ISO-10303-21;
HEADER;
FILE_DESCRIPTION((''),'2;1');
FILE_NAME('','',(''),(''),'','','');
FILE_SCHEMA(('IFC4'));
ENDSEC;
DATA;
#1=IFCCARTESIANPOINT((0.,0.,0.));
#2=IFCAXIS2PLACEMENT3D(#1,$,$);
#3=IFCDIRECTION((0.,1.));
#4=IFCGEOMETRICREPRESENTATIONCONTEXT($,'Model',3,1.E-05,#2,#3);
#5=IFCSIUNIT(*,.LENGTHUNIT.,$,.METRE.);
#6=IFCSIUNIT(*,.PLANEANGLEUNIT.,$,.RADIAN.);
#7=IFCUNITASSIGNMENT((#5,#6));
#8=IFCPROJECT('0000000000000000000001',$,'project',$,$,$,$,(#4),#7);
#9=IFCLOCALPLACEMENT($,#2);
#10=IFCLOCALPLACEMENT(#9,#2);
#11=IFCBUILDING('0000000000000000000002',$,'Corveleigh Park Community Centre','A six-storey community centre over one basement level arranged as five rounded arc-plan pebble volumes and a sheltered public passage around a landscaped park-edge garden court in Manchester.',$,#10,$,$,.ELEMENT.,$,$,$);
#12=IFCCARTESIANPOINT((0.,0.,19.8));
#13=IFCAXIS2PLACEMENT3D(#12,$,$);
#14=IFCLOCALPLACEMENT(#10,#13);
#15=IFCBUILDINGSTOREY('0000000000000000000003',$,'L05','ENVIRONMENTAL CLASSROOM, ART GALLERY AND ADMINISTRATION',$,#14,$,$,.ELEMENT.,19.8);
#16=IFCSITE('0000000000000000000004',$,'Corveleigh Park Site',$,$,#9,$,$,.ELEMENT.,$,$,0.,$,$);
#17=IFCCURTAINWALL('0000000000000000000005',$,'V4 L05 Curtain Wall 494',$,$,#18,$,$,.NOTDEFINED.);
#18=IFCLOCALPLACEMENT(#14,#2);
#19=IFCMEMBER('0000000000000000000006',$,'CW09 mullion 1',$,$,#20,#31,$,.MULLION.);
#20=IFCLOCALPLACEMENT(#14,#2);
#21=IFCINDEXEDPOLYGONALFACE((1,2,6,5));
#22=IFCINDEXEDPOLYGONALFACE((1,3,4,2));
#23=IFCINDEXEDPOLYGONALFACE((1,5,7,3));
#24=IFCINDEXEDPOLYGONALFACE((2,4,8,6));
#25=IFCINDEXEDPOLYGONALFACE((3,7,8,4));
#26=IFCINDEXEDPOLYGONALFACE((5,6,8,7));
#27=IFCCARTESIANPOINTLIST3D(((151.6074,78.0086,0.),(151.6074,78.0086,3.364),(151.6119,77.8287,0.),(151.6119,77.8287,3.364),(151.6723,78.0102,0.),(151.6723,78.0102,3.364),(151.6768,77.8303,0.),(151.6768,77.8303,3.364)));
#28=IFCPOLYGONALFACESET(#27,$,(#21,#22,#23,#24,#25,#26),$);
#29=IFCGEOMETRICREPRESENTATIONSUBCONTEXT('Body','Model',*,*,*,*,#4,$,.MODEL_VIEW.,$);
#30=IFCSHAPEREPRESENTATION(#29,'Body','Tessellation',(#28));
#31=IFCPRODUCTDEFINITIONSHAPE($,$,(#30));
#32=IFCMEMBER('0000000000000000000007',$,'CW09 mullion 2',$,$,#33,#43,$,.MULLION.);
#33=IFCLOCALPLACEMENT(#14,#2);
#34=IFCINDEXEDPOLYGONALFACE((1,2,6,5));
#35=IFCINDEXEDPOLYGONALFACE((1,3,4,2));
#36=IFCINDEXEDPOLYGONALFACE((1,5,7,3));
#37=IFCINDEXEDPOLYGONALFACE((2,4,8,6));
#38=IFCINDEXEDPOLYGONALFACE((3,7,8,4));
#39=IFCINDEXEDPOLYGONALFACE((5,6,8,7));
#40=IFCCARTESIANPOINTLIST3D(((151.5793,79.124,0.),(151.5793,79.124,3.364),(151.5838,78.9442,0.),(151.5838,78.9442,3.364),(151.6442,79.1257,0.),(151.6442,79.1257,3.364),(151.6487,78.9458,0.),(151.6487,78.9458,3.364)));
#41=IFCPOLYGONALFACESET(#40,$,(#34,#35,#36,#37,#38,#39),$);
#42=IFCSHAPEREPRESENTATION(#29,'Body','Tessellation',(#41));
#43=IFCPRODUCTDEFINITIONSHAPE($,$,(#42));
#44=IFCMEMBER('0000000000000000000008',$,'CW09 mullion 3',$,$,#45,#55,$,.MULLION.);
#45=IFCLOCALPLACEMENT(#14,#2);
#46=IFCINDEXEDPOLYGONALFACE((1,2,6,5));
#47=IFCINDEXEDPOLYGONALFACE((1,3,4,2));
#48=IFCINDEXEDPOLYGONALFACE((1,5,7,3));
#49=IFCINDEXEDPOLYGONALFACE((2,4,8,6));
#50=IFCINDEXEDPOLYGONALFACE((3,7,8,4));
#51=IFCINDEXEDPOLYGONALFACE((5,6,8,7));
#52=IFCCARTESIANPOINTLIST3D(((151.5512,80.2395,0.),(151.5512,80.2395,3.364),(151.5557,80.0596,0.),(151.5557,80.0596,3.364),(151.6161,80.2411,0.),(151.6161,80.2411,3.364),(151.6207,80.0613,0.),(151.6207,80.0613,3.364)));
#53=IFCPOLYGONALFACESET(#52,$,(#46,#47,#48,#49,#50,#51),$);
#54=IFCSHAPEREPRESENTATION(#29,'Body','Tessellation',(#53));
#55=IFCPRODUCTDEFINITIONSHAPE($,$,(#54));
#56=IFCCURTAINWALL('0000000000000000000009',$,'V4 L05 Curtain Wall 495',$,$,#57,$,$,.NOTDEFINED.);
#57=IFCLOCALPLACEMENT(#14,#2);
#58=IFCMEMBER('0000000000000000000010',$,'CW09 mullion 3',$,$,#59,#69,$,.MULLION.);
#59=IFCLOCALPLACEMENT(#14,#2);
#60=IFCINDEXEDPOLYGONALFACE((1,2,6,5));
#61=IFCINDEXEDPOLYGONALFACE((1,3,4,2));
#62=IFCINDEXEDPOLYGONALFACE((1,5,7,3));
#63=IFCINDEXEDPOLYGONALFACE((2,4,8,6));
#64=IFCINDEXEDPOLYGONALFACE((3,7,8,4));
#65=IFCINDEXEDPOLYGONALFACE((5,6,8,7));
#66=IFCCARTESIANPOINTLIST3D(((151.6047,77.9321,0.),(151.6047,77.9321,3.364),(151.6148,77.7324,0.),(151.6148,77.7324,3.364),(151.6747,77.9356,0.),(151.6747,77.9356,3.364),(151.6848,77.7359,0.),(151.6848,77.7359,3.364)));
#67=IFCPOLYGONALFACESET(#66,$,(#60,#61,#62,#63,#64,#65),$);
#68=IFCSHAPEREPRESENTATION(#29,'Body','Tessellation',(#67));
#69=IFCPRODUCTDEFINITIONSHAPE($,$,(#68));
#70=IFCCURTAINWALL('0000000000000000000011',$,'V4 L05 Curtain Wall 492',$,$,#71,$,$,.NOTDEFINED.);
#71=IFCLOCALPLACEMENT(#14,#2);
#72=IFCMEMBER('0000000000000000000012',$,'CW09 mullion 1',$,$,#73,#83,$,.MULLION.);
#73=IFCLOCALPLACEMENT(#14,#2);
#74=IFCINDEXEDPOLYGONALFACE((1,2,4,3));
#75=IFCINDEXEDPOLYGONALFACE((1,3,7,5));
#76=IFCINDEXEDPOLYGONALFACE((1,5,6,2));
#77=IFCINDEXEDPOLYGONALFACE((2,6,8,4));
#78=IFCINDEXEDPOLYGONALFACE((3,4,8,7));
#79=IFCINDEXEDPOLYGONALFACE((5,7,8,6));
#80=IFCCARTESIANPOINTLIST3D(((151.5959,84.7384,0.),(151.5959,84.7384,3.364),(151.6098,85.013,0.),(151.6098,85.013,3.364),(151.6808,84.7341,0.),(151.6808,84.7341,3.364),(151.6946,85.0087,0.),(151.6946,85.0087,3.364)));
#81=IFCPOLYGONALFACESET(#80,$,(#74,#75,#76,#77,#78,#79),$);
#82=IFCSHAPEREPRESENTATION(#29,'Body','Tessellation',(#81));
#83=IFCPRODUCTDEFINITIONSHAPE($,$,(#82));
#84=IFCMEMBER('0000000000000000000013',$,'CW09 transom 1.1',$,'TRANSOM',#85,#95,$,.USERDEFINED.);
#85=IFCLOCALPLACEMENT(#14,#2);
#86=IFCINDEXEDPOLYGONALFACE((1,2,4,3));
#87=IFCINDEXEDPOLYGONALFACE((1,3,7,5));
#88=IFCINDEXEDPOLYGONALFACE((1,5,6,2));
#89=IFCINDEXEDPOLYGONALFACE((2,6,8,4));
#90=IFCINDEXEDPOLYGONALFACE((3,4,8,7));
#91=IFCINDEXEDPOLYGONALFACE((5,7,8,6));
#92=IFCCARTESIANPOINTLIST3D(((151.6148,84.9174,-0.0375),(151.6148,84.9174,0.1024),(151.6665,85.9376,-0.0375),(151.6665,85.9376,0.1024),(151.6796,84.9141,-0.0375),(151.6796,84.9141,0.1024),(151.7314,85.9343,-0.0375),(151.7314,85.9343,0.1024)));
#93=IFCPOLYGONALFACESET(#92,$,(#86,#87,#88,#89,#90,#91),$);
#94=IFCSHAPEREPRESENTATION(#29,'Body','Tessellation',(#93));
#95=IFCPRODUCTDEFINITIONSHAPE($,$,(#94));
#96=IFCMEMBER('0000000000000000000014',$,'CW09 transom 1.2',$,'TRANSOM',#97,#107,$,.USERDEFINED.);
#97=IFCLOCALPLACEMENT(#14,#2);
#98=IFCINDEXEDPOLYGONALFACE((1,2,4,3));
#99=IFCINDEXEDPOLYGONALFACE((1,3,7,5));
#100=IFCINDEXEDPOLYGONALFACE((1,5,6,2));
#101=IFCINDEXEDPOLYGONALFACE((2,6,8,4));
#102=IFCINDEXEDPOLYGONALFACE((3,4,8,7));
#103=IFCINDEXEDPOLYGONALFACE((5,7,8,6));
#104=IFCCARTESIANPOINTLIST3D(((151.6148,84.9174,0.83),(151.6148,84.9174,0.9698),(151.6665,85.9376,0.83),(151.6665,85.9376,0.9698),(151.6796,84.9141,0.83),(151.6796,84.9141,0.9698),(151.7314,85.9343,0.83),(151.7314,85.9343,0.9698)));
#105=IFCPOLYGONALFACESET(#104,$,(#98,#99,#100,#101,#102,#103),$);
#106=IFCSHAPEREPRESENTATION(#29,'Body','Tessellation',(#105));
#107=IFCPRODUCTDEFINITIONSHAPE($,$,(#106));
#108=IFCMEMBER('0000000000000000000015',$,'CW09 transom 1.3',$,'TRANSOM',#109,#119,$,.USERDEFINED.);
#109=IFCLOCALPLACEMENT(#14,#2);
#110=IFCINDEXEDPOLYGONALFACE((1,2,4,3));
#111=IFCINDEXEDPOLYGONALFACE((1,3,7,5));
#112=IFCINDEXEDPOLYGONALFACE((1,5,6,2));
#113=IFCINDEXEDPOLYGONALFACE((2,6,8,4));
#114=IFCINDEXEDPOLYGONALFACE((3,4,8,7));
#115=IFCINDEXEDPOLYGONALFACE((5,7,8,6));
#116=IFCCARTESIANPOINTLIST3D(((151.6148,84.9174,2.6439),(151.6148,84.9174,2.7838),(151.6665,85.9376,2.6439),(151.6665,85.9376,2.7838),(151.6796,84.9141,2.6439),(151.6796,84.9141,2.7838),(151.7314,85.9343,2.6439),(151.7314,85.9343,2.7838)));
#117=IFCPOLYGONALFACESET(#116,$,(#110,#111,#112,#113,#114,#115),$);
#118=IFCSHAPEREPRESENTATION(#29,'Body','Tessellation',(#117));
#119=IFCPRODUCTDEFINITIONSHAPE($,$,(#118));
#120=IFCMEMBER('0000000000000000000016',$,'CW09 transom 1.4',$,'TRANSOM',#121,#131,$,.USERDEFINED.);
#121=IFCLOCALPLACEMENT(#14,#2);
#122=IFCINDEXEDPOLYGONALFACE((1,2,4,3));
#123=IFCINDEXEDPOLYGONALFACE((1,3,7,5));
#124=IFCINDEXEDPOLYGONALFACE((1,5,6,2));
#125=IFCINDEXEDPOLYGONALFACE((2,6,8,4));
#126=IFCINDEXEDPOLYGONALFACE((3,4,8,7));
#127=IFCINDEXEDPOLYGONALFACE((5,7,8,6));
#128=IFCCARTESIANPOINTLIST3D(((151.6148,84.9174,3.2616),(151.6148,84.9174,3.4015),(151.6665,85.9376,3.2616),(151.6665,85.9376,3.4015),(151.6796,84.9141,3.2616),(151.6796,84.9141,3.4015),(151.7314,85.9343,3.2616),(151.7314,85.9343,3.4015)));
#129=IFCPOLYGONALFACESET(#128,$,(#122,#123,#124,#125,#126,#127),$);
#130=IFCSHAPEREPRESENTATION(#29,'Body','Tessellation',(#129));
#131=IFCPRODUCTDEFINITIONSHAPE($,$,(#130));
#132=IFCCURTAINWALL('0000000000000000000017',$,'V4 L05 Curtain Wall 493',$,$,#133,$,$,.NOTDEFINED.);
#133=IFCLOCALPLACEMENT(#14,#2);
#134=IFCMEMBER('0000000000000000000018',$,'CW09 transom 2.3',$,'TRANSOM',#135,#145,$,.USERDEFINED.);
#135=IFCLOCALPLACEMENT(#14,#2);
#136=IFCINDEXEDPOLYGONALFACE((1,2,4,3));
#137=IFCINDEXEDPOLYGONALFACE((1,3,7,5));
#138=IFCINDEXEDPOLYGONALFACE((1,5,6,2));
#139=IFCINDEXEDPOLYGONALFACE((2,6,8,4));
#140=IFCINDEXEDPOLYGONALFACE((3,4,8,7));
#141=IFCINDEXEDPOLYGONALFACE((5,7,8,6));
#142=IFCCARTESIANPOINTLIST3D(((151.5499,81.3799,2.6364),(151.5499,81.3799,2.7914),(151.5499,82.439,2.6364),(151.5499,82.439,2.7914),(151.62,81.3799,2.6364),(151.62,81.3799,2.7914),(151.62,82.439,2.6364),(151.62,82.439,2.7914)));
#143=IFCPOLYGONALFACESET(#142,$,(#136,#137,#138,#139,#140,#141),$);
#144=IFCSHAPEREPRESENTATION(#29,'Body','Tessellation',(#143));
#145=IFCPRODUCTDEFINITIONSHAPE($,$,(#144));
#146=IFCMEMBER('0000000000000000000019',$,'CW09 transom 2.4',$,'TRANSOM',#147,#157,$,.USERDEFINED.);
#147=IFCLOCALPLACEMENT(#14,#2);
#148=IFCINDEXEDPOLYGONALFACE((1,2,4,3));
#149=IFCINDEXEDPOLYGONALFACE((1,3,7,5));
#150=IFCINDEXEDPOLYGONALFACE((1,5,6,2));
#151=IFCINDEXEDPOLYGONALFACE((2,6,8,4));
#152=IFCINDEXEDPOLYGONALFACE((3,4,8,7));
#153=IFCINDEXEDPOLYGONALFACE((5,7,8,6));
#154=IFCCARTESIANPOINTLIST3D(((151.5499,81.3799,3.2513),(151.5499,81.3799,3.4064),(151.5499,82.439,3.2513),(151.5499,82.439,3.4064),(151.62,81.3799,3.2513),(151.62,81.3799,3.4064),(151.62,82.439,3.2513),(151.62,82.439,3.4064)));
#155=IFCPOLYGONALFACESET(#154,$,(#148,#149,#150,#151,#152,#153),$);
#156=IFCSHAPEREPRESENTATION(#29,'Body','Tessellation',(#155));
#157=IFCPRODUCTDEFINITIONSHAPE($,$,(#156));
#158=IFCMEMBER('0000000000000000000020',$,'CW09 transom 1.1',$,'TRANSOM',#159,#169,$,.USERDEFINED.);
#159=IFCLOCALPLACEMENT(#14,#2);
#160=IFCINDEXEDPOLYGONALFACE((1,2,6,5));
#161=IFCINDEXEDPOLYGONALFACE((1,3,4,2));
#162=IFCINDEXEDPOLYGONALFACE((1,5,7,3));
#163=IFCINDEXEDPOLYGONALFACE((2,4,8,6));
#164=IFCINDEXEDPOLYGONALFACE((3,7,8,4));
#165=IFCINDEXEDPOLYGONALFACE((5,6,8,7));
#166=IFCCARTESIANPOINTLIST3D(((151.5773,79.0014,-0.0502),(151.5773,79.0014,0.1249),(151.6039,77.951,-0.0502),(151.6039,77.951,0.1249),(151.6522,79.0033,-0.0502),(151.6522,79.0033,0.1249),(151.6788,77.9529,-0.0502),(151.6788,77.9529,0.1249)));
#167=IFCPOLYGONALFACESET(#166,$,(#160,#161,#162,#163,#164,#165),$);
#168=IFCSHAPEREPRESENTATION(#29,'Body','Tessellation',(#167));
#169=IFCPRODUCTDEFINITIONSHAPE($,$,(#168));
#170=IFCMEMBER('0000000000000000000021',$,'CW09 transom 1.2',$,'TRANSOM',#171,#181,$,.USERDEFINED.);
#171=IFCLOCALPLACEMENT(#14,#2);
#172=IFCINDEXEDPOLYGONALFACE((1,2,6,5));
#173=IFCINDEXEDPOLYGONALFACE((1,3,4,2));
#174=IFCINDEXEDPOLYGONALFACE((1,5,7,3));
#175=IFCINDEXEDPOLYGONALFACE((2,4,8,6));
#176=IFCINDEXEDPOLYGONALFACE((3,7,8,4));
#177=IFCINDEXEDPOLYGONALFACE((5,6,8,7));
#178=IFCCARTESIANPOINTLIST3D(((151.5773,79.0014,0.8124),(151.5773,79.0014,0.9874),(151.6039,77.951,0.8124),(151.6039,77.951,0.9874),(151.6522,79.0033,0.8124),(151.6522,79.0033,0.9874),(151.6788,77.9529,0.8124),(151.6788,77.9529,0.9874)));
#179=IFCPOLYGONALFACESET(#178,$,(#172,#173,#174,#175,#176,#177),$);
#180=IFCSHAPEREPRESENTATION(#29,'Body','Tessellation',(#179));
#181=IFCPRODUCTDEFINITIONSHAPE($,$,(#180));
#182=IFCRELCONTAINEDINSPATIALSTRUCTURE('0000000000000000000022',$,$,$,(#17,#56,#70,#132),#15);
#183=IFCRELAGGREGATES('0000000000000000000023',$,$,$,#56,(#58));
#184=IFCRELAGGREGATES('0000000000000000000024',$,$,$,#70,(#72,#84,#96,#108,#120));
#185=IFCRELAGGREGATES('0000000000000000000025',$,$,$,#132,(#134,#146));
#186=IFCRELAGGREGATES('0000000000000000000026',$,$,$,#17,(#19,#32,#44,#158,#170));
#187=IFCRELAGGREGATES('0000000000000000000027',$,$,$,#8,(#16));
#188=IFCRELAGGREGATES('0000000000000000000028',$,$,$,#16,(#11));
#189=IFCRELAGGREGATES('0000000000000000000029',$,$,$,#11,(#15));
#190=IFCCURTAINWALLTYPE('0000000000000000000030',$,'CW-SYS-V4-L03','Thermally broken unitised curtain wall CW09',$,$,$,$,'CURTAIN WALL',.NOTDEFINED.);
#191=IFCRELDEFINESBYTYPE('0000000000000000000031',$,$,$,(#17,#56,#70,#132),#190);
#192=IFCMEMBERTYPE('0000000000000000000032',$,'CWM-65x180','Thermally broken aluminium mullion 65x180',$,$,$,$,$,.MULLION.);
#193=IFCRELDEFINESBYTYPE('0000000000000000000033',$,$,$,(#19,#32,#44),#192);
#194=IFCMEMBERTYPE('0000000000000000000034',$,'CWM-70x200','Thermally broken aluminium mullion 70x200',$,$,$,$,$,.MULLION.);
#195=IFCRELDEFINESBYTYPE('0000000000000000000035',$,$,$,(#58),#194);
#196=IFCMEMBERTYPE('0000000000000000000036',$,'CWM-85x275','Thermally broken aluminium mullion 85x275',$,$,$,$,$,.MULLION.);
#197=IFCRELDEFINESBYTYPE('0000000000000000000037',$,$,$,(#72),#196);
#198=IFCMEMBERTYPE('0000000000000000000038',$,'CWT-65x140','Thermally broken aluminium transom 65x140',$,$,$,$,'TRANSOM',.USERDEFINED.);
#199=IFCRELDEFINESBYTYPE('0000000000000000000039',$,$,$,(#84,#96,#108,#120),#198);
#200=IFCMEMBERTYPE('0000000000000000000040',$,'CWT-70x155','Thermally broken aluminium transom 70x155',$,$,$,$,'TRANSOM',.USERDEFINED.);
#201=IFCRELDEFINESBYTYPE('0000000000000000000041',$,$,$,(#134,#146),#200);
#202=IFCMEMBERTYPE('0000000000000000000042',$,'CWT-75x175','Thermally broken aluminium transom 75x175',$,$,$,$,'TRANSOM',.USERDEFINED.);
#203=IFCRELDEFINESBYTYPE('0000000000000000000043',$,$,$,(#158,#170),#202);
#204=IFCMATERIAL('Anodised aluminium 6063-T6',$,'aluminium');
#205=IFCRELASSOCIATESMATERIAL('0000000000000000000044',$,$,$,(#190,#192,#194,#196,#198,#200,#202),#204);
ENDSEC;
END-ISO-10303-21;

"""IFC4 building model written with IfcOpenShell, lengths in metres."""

from ifc_helpers import new_model, si_unit, direction, frame, origin, origin_2d, place, context, subcontext, project, spatial, rectangle, extrude, material, material_profile, profile_set, type_object, element, aggregate, save


model = new_model("IFC4")

# Units and contexts
model_context = context("Model", 3, precision=1e-05, world=origin(), true_north=direction((0.0, 1.0)))
body_context = subcontext(model_context, "Body", "Model", "MODEL_VIEW")
ifc_project = project(units=[si_unit("LENGTHUNIT", "METRE"), si_unit("PLANEANGLEUNIT", "RADIAN")], contexts=[model_context])

# Site, building, storey
site_placement = place(None, origin())
site = spatial("IfcSite", under=ifc_project, at=site_placement, Name="Corveleigh Park Site", CompositionType="ELEMENT", RefElevation=0.0)
building_placement = place(site_placement, origin())
building = spatial("IfcBuilding", under=site, at=building_placement, Name="Corveleigh Park Community Centre", Description="A six-storey community centre over one basement level arranged as five rounded arc-plan pebble volumes and a sheltered public passage around a landscaped park-edge garden court in Manchester.", CompositionType="ELEMENT")
storey_placement = place(building_placement, frame((0.0, 0.0, 19.8)))
storey = spatial("IfcBuildingStorey", under=building, at=storey_placement, Name="L05", Description="ENVIRONMENTAL CLASSROOM, ART GALLERY AND ADMINISTRATION", CompositionType="ELEMENT", Elevation=19.8)

# Curtain wall, members
ifc_material_1 = material(Name="Anodised aluminium 6063-T6", Category="aluminium")
curtain_wall_type = type_object("IfcCurtainWallType", Name="CW-SYS-V4-L03", Description="Thermally broken unitised curtain wall CW09", ElementType="CURTAIN WALL", PredefinedType="NOTDEFINED", material=ifc_material_1)
curtain_wall_1_placement = place(storey_placement, origin())
curtain_wall_1 = element("IfcCurtainWall", 1, at=curtain_wall_1_placement, inside=storey, type_object=curtain_wall_type, Name="V4 L05 Curtain Wall 494", PredefinedType="NOTDEFINED")
ifc_material_profile_1 = material_profile(ifc_material_1, rectangle(XDim=0.0649, YDim=0.1799, at=origin_2d()), Name="ALU-M65x180", Category="aluminium")
ifc_profile_set_1 = profile_set([ifc_material_profile_1], Name="Anodised aluminium 6063-T6")
member_type_1 = type_object("IfcMemberType", Name="CWM-65x180", Description="Thermally broken aluminium mullion 65x180", PredefinedType="MULLION", material=ifc_profile_set_1)
member_1_placement = place(storey_placement, frame((151.6421, 77.9194, 0.0), z_axis=(0.0, 0.0, 1.0), x_axis=(-0.999681, -0.025253, 0.0)))
member_1 = element("IfcMember", 2, at=member_1_placement, type_object=member_type_1, Name="CW09 mullion 1", PredefinedType="MULLION", context=body_context, shape_type="SweptSolid", body=[
    extrude(rectangle(XDim=0.0649, YDim=0.1799, at=origin_2d()), origin(), (0.0, 0.0, 1.0), 3.364),
])
member_2_placement = place(storey_placement, frame((151.614, 79.0349, 0.0), z_axis=(0.0, 0.0, 1.0), x_axis=(-0.999681, -0.025253, 0.0)))
member_2 = element("IfcMember", 3, at=member_2_placement, type_object=member_type_1, Name="CW09 mullion 2", PredefinedType="MULLION", context=body_context, shape_type="SweptSolid", body=[
    extrude(rectangle(XDim=0.0649, YDim=0.1799, at=origin_2d()), origin(), (0.0, 0.0, 1.0), 3.364),
])
member_3_placement = place(storey_placement, frame((151.5859, 80.1504, 0.0), z_axis=(0.0, 0.0, 1.0), x_axis=(-0.999681, -0.025253, 0.0)))
member_3 = element("IfcMember", 4, at=member_3_placement, type_object=member_type_1, Name="CW09 mullion 3", PredefinedType="MULLION", context=body_context, shape_type="SweptSolid", body=[
    extrude(rectangle(XDim=0.0649, YDim=0.1799, at=origin_2d()), origin(), (0.0, 0.0, 1.0), 3.364),
])

# Curtain wall, member
curtain_wall_2_placement = place(storey_placement, origin())
curtain_wall_2 = element("IfcCurtainWall", 5, at=curtain_wall_2_placement, inside=storey, type_object=curtain_wall_type, Name="V4 L05 Curtain Wall 495", PredefinedType="NOTDEFINED")
ifc_material_profile_2 = material_profile(ifc_material_1, rectangle(XDim=0.0701, YDim=0.2, at=origin_2d()), Name="ALU-M70x200", Category="aluminium")
ifc_profile_set_2 = profile_set([ifc_material_profile_2], Name="Anodised aluminium 6063-T6")
member_type_2 = type_object("IfcMemberType", Name="CWM-70x200", Description="Thermally broken aluminium mullion 70x200", PredefinedType="MULLION", material=ifc_profile_set_2)
member_4_placement = place(storey_placement, frame((151.6448, 77.834, 0.0), z_axis=(0.0, 0.0, 1.0), x_axis=(-0.998725, -0.05048, 0.0)))
member_4 = element("IfcMember", 6, at=member_4_placement, type_object=member_type_2, Name="CW09 mullion 3", PredefinedType="MULLION", context=body_context, shape_type="SweptSolid", body=[
    extrude(rectangle(XDim=0.0701, YDim=0.2, at=origin_2d()), origin(), (0.0, 0.0, 1.0), 3.364),
])
aggregate(curtain_wall_2, [member_4])

# Curtain walls, members
curtain_wall_3_placement = place(storey_placement, origin())
curtain_wall_3 = element("IfcCurtainWall", 7, at=curtain_wall_3_placement, inside=storey, type_object=curtain_wall_type, Name="V4 L05 Curtain Wall 492", PredefinedType="NOTDEFINED")
ifc_material_profile_3 = material_profile(ifc_material_1, rectangle(XDim=0.085, YDim=0.2749, at=origin_2d()), Name="ALU-M85x275", Category="aluminium")
ifc_profile_set_3 = profile_set([ifc_material_profile_3], Name="Anodised aluminium 6063-T6")
member_type_3 = type_object("IfcMemberType", Name="CWM-85x275", Description="Thermally broken aluminium mullion 85x275", PredefinedType="MULLION", material=ifc_profile_set_3)
member_5_placement = place(storey_placement, frame((151.6453, 84.8735, 0.0), z_axis=(0.0, 0.0, 1.0), x_axis=(-0.998725, 0.05048, 0.0)))
member_5 = element("IfcMember", 8, at=member_5_placement, type_object=member_type_3, Name="CW09 mullion 1", PredefinedType="MULLION", context=body_context, shape_type="SweptSolid", body=[
    extrude(rectangle(XDim=0.085, YDim=0.2749, at=origin_2d()), origin(), (0.0, 0.0, 1.0), 3.364),
])
ifc_material_profile_4 = material_profile(ifc_material_1, rectangle(XDim=0.0649, YDim=0.1399, at=origin_2d()), Name="ALU-T65x140", Category="aluminium")
ifc_profile_set_4 = profile_set([ifc_material_profile_4], Name="Anodised aluminium 6063-T6")
member_type_4 = type_object("IfcMemberType", Name="CWT-65x140", Description="Thermally broken aluminium transom 65x140", ElementType="TRANSOM", PredefinedType="USERDEFINED", material=ifc_profile_set_4)
member_6_placement = place(storey_placement, frame((151.6472, 84.9158, 0.0325), z_axis=(0.050665, 0.998716, 0.0), x_axis=(-0.998716, 0.050665, 0.0)))
member_6 = element("IfcMember", 9, at=member_6_placement, type_object=member_type_4, Name="CW09 transom 1.1", ObjectType="TRANSOM", PredefinedType="USERDEFINED", context=body_context, shape_type="SweptSolid", body=[
    extrude(rectangle(XDim=0.0649, YDim=0.1399, at=origin_2d()), origin(), (0.0, 0.0, 1.0), 1.0215),
])
member_7_placement = place(storey_placement, frame((151.6472, 84.9158, 0.8999), z_axis=(0.050665, 0.998716, 0.0), x_axis=(-0.998716, 0.050665, 0.0)))
member_7 = element("IfcMember", 10, at=member_7_placement, type_object=member_type_4, Name="CW09 transom 1.2", ObjectType="TRANSOM", PredefinedType="USERDEFINED", context=body_context, shape_type="SweptSolid", body=[
    extrude(rectangle(XDim=0.0649, YDim=0.1399, at=origin_2d()), origin(), (0.0, 0.0, 1.0), 1.0215),
])
member_8_placement = place(storey_placement, frame((151.6472, 84.9158, 2.7139), z_axis=(0.050665, 0.998716, 0.0), x_axis=(-0.998716, 0.050665, 0.0)))
member_8 = element("IfcMember", 11, at=member_8_placement, type_object=member_type_4, Name="CW09 transom 1.3", ObjectType="TRANSOM", PredefinedType="USERDEFINED", context=body_context, shape_type="SweptSolid", body=[
    extrude(rectangle(XDim=0.0649, YDim=0.1399, at=origin_2d()), origin(), (0.0, 0.0, 1.0), 1.0215),
])
member_9_placement = place(storey_placement, frame((151.6472, 84.9158, 3.3315), z_axis=(0.050665, 0.998716, 0.0), x_axis=(-0.998716, 0.050665, 0.0)))
member_9 = element("IfcMember", 12, at=member_9_placement, type_object=member_type_4, Name="CW09 transom 1.4", ObjectType="TRANSOM", PredefinedType="USERDEFINED", context=body_context, shape_type="SweptSolid", body=[
    extrude(rectangle(XDim=0.0649, YDim=0.1399, at=origin_2d()), origin(), (0.0, 0.0, 1.0), 1.0215),
])
aggregate(curtain_wall_3, [member_5, member_6, member_7, member_8, member_9])
curtain_wall_4_placement = place(storey_placement, origin())
curtain_wall_4 = element("IfcCurtainWall", 13, at=curtain_wall_4_placement, inside=storey, type_object=curtain_wall_type, Name="V4 L05 Curtain Wall 493", PredefinedType="NOTDEFINED")
ifc_material_profile_5 = material_profile(ifc_material_1, rectangle(XDim=0.0701, YDim=0.155, at=origin_2d()), Name="ALU-T70x155", Category="aluminium")
ifc_profile_set_5 = profile_set([ifc_material_profile_5], Name="Anodised aluminium 6063-T6")
member_type_5 = type_object("IfcMemberType", Name="CWT-70x155", Description="Thermally broken aluminium transom 70x155", ElementType="TRANSOM", PredefinedType="USERDEFINED", material=ifc_profile_set_5)
member_10_placement = place(storey_placement, frame((151.585, 81.3799, 2.7139), z_axis=(0.0, 1.0, 0.0), x_axis=(-1.0, 0.0, 0.0)))
member_10 = element("IfcMember", 14, at=member_10_placement, type_object=member_type_5, Name="CW09 transom 2.3", ObjectType="TRANSOM", PredefinedType="USERDEFINED", context=body_context, shape_type="SweptSolid", body=[
    extrude(rectangle(XDim=0.0701, YDim=0.155, at=origin_2d()), origin(), (0.0, 0.0, 1.0), 1.0591),
])
member_11_placement = place(storey_placement, frame((151.585, 81.3799, 3.3289), z_axis=(0.0, 1.0, 0.0), x_axis=(-1.0, 0.0, 0.0)))
member_11 = element("IfcMember", 15, at=member_11_placement, type_object=member_type_5, Name="CW09 transom 2.4", ObjectType="TRANSOM", PredefinedType="USERDEFINED", context=body_context, shape_type="SweptSolid", body=[
    extrude(rectangle(XDim=0.0701, YDim=0.155, at=origin_2d()), origin(), (0.0, 0.0, 1.0), 1.0591),
])

# Members
ifc_material_profile_6 = material_profile(ifc_material_1, rectangle(XDim=0.075, YDim=0.175, at=origin_2d()), Name="ALU-T75x175", Category="aluminium")
ifc_profile_set_6 = profile_set([ifc_material_profile_6], Name="Anodised aluminium 6063-T6")
member_type_6 = type_object("IfcMemberType", Name="CWT-75x175", Description="Thermally broken aluminium transom 75x175", ElementType="TRANSOM", PredefinedType="USERDEFINED", material=ifc_profile_set_6)
member_12_placement = place(storey_placement, frame((151.6414, 77.9519, 0.0374), z_axis=(-0.025323, 0.999679, 0.0), x_axis=(-0.999679, -0.025323, 0.0)))
member_12 = element("IfcMember", 16, at=member_12_placement, type_object=member_type_6, Name="CW09 transom 1.1", ObjectType="TRANSOM", PredefinedType="USERDEFINED", context=body_context, shape_type="SweptSolid", body=[
    extrude(rectangle(XDim=0.075, YDim=0.175, at=origin_2d()), origin(), (0.0, 0.0, 1.0), 1.0508),
])
member_13_placement = place(storey_placement, frame((151.6414, 77.9519, 0.8999), z_axis=(-0.025323, 0.999679, 0.0), x_axis=(-0.999679, -0.025323, 0.0)))
member_13 = element("IfcMember", 17, at=member_13_placement, type_object=member_type_6, Name="CW09 transom 1.2", ObjectType="TRANSOM", PredefinedType="USERDEFINED", context=body_context, shape_type="SweptSolid", body=[
    extrude(rectangle(XDim=0.075, YDim=0.175, at=origin_2d()), origin(), (0.0, 0.0, 1.0), 1.0508),
])

aggregate(curtain_wall_4, [member_10, member_11])
aggregate(curtain_wall_1, [member_1, member_2, member_3, member_12, member_13])

save(model, "model.ifc")
